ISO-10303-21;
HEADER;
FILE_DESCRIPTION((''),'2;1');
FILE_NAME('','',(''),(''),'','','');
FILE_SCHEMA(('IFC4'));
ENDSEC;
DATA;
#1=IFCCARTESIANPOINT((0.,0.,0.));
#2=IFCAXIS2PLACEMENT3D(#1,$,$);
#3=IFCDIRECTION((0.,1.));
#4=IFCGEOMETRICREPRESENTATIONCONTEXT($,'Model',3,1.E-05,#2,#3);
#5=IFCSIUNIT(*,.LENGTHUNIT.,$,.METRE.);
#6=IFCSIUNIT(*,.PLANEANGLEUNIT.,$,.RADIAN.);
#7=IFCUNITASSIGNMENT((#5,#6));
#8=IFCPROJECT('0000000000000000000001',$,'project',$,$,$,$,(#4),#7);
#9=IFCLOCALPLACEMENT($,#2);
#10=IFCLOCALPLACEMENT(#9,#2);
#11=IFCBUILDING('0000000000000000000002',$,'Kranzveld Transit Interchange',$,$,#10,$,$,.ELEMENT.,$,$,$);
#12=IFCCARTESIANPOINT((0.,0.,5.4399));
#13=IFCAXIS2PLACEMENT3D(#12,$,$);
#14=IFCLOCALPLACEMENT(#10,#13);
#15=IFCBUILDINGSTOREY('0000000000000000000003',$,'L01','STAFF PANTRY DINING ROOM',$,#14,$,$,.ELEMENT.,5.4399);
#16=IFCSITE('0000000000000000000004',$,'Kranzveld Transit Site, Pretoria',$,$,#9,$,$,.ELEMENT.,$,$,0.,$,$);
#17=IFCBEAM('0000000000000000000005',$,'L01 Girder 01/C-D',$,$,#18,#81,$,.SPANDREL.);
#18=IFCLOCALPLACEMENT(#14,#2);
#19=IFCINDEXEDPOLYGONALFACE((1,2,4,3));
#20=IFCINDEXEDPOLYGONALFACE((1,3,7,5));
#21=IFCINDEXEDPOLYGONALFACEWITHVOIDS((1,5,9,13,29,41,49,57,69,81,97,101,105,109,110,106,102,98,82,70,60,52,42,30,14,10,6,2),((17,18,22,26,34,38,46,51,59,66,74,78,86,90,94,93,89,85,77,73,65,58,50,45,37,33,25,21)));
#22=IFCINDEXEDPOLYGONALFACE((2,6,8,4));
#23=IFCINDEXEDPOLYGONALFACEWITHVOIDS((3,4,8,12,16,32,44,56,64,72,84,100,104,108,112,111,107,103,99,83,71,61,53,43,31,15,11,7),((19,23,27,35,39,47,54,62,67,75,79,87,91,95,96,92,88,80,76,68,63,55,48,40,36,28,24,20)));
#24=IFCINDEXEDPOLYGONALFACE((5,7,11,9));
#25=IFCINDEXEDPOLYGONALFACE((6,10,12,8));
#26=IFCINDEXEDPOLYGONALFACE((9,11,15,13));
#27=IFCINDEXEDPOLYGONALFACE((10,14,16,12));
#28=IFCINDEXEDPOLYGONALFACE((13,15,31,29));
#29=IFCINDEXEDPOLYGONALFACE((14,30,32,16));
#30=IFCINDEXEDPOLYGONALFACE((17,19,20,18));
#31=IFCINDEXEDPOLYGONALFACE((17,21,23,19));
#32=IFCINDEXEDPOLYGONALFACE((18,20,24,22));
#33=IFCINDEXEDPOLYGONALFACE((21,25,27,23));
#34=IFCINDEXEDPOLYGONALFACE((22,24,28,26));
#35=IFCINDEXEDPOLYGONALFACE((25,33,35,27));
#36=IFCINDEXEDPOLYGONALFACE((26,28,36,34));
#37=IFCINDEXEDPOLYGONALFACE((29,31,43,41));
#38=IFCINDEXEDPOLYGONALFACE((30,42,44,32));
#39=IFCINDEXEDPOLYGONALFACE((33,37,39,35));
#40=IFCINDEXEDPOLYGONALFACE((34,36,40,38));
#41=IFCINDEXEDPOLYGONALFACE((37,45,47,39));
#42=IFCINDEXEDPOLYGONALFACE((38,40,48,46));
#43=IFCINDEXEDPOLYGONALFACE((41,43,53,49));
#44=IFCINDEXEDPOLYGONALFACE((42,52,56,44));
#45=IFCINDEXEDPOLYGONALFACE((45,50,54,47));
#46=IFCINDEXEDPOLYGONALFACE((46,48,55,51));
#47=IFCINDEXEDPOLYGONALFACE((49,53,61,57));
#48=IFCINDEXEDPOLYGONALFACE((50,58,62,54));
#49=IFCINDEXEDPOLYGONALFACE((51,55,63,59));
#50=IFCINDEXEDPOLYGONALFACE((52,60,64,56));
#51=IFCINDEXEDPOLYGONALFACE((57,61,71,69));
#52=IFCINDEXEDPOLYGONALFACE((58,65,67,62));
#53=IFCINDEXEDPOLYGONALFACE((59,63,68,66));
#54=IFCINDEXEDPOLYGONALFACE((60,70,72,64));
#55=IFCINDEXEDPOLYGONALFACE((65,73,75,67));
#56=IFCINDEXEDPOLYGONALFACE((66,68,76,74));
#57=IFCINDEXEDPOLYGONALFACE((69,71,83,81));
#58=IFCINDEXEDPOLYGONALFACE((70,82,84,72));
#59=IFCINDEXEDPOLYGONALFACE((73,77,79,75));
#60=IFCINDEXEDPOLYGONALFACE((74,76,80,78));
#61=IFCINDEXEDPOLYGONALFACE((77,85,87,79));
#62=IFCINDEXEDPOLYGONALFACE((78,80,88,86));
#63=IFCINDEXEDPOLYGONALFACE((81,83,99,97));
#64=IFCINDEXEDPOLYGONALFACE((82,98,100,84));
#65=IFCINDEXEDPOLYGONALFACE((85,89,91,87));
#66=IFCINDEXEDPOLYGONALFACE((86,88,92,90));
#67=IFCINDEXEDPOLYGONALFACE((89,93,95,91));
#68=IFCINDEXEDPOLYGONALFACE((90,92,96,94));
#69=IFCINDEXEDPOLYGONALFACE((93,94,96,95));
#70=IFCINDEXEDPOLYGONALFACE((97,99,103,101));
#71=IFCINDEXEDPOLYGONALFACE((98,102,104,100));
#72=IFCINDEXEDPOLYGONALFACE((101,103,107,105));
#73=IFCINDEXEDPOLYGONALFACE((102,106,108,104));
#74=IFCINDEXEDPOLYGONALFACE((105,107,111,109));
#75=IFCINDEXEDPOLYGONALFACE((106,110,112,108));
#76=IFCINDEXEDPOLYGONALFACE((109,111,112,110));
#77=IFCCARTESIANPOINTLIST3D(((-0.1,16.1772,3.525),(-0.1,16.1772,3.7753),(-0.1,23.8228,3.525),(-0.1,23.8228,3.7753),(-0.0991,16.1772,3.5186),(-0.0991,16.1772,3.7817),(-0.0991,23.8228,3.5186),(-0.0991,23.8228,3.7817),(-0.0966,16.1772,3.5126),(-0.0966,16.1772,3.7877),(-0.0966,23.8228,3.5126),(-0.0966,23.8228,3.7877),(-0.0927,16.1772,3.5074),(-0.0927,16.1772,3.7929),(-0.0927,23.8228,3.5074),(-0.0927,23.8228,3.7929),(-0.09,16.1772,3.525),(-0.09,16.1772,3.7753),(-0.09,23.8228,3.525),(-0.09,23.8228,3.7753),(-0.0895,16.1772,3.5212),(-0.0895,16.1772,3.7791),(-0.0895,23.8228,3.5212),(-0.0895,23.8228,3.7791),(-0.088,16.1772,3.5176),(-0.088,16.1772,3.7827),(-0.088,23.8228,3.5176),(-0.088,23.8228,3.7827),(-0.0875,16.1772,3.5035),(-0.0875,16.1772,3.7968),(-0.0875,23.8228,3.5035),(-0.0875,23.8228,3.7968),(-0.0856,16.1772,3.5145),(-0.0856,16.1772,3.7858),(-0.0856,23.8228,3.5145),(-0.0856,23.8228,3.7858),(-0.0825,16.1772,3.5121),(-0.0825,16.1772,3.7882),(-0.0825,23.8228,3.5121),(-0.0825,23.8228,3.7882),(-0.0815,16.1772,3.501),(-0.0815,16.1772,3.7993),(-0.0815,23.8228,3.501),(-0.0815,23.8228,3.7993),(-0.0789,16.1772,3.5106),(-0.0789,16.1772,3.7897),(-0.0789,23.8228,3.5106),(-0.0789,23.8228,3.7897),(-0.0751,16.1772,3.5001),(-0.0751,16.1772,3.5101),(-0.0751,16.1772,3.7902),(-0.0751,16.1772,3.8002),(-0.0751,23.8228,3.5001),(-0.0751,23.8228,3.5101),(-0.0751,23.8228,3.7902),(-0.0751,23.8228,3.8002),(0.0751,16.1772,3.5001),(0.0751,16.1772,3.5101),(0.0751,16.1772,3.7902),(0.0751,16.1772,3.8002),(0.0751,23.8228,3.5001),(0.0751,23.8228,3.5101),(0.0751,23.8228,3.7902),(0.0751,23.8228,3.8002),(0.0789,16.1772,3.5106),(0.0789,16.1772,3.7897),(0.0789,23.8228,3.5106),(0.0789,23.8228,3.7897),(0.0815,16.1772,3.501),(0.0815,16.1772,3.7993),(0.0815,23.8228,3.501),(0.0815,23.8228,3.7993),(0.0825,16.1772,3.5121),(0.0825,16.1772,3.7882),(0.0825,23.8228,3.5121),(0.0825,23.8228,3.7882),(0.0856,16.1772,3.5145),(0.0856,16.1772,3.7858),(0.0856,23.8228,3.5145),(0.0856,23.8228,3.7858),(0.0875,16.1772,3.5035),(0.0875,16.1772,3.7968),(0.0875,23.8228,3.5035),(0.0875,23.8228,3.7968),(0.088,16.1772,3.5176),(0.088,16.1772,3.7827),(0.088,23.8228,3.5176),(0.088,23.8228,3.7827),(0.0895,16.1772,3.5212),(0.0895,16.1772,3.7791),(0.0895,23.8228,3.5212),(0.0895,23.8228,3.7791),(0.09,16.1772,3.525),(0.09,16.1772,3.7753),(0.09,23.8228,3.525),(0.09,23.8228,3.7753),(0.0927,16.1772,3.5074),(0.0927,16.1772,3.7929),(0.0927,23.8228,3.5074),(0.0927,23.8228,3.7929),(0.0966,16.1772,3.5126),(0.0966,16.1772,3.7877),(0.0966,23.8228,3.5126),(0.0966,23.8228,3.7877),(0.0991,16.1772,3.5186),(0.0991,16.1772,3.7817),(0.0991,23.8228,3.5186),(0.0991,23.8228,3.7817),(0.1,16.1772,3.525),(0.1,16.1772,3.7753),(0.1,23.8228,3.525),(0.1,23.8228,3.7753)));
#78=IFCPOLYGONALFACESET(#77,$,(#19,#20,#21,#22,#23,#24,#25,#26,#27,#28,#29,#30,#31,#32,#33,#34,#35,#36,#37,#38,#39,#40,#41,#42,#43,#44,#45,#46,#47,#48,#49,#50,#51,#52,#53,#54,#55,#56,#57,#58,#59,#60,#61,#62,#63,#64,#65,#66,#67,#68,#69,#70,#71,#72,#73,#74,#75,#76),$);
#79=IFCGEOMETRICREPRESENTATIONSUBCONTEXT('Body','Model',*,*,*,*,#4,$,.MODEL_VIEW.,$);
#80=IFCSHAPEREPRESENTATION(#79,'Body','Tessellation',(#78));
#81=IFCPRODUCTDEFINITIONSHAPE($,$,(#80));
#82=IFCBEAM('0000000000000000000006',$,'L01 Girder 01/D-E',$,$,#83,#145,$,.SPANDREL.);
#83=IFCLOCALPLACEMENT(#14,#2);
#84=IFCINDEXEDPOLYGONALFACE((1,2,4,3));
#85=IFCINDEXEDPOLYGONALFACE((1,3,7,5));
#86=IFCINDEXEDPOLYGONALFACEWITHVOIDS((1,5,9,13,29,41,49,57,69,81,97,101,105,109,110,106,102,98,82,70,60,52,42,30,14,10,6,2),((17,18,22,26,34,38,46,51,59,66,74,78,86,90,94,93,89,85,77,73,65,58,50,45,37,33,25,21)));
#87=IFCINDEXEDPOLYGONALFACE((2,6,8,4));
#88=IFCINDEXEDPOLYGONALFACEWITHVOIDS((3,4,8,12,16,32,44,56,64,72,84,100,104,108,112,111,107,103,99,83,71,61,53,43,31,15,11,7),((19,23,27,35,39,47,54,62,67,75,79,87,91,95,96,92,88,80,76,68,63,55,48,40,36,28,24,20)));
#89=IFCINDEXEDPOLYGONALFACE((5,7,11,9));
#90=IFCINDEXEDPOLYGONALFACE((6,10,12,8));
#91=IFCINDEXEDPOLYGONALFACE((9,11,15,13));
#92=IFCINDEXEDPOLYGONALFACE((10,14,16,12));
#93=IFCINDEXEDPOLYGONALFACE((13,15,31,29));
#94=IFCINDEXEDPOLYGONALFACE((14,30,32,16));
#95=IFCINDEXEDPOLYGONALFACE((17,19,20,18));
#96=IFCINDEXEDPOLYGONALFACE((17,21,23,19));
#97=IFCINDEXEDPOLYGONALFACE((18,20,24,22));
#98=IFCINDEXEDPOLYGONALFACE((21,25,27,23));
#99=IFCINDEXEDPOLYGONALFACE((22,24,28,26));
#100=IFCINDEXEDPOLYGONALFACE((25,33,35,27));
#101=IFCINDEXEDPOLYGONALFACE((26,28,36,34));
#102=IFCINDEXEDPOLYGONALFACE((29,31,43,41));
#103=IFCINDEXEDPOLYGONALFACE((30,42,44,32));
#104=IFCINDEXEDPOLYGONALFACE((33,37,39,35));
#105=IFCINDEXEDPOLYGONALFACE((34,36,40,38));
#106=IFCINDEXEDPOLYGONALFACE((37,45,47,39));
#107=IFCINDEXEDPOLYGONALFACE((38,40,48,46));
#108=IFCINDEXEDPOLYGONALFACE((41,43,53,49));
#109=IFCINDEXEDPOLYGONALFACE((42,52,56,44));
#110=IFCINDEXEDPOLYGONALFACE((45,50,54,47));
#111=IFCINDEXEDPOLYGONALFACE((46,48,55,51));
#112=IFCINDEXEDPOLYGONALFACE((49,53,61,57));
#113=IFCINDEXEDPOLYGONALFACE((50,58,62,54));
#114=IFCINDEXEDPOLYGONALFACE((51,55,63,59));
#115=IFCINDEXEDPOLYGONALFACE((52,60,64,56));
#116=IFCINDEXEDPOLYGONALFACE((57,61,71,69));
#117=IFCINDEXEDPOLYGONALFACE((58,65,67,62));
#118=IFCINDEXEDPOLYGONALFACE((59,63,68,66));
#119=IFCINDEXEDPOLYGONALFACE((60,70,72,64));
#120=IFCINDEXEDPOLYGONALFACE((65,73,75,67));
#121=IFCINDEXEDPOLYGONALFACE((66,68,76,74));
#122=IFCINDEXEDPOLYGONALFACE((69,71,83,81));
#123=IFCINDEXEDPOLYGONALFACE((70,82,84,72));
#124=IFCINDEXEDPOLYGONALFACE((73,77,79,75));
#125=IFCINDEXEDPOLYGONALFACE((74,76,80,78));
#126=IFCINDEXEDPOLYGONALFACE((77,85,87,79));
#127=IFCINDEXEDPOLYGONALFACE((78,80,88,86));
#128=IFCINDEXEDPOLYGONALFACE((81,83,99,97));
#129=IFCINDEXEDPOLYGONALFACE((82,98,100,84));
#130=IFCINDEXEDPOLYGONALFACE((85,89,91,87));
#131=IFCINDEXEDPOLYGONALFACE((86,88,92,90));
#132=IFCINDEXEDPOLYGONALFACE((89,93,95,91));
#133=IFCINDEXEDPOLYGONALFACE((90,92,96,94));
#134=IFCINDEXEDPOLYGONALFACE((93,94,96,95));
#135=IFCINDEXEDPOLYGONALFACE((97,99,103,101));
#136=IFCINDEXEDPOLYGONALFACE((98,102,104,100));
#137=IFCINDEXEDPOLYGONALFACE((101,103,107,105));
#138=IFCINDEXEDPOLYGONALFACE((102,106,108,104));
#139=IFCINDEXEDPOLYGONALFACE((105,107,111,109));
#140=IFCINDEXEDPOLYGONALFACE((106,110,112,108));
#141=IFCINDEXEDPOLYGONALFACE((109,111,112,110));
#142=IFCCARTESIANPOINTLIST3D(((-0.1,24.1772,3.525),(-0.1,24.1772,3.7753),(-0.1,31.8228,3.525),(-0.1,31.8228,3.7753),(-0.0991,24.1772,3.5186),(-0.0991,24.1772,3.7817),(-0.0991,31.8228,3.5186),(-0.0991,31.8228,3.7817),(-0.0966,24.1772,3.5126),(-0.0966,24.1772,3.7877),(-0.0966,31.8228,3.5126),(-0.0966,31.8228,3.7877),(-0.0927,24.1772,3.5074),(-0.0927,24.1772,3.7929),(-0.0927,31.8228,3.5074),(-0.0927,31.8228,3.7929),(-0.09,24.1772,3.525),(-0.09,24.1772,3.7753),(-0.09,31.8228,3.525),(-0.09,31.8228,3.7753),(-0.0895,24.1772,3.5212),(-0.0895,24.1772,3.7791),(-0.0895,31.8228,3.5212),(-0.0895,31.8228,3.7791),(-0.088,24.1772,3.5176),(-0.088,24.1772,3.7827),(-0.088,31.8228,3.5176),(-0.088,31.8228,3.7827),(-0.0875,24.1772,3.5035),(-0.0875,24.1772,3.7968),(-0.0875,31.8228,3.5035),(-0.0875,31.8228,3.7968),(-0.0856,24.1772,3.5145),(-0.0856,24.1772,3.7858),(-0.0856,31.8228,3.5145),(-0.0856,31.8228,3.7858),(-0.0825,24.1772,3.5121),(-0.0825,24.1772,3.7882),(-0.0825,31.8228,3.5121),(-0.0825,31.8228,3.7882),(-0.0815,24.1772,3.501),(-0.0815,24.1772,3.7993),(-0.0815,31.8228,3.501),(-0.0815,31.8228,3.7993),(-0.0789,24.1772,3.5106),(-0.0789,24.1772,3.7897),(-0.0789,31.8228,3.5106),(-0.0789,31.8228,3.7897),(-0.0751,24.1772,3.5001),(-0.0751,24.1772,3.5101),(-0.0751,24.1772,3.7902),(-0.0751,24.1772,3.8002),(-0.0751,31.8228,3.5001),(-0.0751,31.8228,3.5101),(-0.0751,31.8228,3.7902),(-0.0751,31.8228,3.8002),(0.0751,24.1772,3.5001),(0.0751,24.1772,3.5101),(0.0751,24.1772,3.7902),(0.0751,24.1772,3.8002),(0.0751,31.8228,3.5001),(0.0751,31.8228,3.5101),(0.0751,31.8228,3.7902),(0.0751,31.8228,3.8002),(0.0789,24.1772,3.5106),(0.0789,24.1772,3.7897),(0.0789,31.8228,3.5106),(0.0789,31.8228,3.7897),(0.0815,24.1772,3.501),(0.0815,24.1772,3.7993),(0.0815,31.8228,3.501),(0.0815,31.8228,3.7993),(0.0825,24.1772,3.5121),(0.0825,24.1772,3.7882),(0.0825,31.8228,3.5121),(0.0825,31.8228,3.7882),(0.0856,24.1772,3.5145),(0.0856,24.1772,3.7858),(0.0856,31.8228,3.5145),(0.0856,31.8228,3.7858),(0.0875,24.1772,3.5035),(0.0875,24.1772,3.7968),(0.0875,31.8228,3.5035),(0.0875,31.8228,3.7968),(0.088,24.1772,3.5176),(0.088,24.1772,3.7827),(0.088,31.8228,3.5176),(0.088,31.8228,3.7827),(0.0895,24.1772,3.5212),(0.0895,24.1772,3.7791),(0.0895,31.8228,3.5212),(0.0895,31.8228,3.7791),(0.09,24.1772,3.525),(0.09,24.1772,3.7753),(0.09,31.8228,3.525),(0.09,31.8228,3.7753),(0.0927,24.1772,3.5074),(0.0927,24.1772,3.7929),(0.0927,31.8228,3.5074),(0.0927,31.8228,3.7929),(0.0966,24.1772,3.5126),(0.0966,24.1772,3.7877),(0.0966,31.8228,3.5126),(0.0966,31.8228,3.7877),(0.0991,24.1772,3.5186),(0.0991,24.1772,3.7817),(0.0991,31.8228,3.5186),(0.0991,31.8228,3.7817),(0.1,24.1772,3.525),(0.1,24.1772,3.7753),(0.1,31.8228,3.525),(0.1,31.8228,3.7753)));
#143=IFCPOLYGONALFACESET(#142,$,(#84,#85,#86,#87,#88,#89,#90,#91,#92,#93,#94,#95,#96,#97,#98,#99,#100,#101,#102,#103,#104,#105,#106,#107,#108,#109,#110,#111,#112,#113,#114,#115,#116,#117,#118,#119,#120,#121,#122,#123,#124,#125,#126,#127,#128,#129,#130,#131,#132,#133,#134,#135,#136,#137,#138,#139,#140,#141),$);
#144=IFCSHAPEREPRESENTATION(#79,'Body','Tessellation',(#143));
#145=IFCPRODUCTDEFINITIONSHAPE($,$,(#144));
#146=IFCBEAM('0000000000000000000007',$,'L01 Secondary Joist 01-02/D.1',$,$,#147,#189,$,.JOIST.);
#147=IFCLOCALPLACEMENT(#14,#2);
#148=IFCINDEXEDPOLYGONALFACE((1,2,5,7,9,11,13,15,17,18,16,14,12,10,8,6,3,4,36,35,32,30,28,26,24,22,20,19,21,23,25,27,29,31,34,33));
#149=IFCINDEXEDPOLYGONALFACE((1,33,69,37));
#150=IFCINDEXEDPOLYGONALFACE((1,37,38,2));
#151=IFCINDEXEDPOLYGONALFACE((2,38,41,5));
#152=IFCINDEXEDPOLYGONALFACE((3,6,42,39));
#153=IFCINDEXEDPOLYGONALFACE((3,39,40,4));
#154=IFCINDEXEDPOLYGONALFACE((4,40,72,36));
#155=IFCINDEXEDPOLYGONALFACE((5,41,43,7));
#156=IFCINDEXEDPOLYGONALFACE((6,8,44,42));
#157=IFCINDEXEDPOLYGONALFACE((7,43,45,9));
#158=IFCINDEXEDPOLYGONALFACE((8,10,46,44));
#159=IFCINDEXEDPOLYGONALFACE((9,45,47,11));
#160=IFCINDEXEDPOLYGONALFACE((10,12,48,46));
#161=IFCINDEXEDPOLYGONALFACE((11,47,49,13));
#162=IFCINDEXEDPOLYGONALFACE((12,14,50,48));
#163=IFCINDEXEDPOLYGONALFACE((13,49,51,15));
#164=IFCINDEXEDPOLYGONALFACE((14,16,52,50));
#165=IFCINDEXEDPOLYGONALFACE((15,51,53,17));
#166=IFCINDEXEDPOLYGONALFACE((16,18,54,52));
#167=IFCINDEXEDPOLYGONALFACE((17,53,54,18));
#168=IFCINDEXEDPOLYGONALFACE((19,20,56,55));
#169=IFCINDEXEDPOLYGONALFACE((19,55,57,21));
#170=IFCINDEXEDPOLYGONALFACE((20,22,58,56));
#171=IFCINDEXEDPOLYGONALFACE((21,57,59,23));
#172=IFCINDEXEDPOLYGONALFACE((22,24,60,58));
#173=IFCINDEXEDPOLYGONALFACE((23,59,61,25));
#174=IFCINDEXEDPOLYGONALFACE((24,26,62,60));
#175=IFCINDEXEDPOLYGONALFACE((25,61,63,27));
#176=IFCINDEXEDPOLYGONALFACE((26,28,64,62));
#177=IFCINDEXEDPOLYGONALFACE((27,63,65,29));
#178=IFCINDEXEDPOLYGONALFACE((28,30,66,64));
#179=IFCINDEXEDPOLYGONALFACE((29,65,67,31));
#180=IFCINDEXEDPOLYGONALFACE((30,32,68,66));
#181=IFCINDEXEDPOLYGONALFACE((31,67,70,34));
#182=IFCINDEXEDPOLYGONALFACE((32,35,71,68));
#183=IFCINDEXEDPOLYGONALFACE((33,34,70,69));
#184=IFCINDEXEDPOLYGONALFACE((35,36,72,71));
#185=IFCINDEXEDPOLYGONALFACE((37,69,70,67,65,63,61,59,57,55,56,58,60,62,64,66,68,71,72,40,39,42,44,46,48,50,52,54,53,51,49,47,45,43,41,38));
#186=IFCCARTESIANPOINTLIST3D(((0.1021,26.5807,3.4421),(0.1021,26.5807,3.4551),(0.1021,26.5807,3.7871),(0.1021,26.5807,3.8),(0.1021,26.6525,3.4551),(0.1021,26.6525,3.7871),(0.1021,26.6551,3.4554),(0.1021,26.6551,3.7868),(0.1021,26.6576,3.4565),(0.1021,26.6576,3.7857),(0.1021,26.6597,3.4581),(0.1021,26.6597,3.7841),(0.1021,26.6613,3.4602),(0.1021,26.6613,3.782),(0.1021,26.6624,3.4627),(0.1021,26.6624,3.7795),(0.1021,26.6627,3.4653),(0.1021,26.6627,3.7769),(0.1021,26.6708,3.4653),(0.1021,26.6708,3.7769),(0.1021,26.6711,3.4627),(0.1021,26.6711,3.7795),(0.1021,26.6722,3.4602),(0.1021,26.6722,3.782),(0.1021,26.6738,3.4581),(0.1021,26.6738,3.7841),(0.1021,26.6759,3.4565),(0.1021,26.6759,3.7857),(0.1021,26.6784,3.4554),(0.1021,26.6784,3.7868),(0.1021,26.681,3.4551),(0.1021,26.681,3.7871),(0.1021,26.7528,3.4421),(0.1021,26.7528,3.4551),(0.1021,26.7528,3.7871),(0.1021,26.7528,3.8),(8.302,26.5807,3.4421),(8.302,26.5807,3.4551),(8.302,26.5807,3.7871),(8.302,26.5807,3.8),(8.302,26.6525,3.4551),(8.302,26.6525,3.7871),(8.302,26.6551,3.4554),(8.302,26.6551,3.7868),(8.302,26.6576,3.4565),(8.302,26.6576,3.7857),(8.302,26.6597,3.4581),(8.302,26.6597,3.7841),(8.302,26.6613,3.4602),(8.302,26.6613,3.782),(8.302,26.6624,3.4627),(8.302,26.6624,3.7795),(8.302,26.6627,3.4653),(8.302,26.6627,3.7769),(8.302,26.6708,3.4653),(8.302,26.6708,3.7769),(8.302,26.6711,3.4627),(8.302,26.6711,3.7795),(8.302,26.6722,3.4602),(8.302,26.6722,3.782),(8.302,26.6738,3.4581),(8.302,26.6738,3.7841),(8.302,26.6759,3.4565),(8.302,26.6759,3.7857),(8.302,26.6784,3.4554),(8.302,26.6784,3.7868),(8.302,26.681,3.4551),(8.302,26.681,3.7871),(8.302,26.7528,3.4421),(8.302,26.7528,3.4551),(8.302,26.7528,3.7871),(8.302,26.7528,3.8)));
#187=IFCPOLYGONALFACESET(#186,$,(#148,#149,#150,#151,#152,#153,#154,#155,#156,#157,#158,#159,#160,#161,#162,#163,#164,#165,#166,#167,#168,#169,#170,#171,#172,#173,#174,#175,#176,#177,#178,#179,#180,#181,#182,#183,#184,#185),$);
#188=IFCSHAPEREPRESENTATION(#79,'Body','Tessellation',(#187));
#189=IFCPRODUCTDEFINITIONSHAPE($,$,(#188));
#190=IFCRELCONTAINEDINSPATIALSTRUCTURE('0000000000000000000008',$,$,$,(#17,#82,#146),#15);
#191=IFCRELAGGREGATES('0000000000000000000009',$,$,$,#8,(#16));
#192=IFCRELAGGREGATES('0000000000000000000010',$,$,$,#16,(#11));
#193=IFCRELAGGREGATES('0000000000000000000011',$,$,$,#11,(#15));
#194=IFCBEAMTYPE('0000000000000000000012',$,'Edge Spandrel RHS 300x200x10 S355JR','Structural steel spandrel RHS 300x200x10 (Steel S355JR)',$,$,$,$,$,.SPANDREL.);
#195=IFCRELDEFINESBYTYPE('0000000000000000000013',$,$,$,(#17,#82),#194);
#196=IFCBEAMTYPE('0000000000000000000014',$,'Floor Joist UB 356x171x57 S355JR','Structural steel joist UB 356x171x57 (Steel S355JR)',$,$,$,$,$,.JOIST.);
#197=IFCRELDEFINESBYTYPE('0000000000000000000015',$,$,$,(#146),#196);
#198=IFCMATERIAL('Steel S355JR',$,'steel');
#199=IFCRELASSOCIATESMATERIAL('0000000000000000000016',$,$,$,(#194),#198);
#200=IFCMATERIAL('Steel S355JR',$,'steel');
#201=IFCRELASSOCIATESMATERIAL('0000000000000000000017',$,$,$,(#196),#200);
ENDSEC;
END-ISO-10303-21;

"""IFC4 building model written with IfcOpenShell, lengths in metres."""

from ifc_helpers import new_model, si_unit, direction, frame, origin, origin_2d, place, context, subcontext, project, spatial, hollow_rectangle, i_section, extrude, material, material_profile, profile_set, type_object, element, save


model = new_model("IFC4")

# Units and contexts
model_context = context("Model", 3, precision=1e-05, world=origin(), true_north=direction((0.0, 1.0)))
body_context = subcontext(model_context, "Body", "Model", "MODEL_VIEW")
ifc_project = project(units=[si_unit("LENGTHUNIT", "METRE"), si_unit("PLANEANGLEUNIT", "RADIAN")], contexts=[model_context])

# Site, building, storey
site_placement = place(None, origin())
site = spatial("IfcSite", under=ifc_project, at=site_placement, Name="Kranzveld Transit Site, Pretoria", CompositionType="ELEMENT", RefElevation=0.0)
building_placement = place(site_placement, origin())
building = spatial("IfcBuilding", under=site, at=building_placement, Name="Kranzveld Transit Interchange", CompositionType="ELEMENT")
storey_placement = place(building_placement, frame((0.0, 0.0, 5.4399)))
storey = spatial("IfcBuildingStorey", under=building, at=storey_placement, Name="L01", Description="STAFF PANTRY DINING ROOM", CompositionType="ELEMENT", Elevation=5.4399)

# Beams
ifc_material_1 = material(Name="Steel S355JR", Category="steel")
ifc_material_profile_1 = material_profile(ifc_material_1, hollow_rectangle(XDim=0.2, YDim=0.3, WallThickness=0.01, InnerFilletRadius=0.0149, OuterFilletRadius=0.0249, at=origin_2d()), Name="RHS 300x200x10")
ifc_profile_set_1 = profile_set([ifc_material_profile_1], Name="Steel S355JR")
beam_type_1 = type_object("IfcBeamType", Name="Edge Spandrel RHS 300x200x10 S355JR", Description="Structural steel spandrel RHS 300x200x10 (Steel S355JR)", PredefinedType="SPANDREL", material=ifc_profile_set_1)
for number, where, z_axis, x_axis, name in (
    (1, (0.0, 16.1772, 3.6501), (0.0, 1.0, 0.0), (-1.0, 0.0, 0.0), "L01 Girder 01/C-D"),
    (2, (0.0, 24.1772, 3.6501), (0.0, 1.0, 0.0), (-1.0, 0.0, 0.0), "L01 Girder 01/D-E"),
):
    element("IfcBeam", number, at=place(storey_placement, frame(where, z_axis=z_axis, x_axis=x_axis)), inside=storey, type_object=beam_type_1, Name=name, PredefinedType="SPANDREL", context=body_context, shape_type="SweptSolid", body=[
        extrude(hollow_rectangle(XDim=0.2, YDim=0.3, WallThickness=0.01, InnerFilletRadius=0.0149, OuterFilletRadius=0.0249, at=origin_2d()), origin(), (0.0, 0.0, 1.0), 7.6455),
    ])
ifc_material_2 = material(Name="Steel S355JR", Category="steel")
ifc_material_profile_2 = material_profile(ifc_material_2, i_section(OverallWidth=0.1721, OverallDepth=0.3579, WebThickness=0.0081, FlangeThickness=0.0129, FilletRadius=0.0103, at=origin_2d()), Name="UB 356x171x57")
ifc_profile_set_2 = profile_set([ifc_material_profile_2], Name="Steel S355JR")
beam_type_2 = type_object("IfcBeamType", Name="Floor Joist UB 356x171x57 S355JR", Description="Structural steel joist UB 356x171x57 (Steel S355JR)", PredefinedType="JOIST", material=ifc_profile_set_2)
for number, where, z_axis, x_axis, name in (
    (3, (0.1021, 26.6667, 3.6211), (1.0, 0.0, 0.0), (0.0, 1.0, 0.0), "L01 Secondary Joist 01-02/D.1"),
):
    element("IfcBeam", number, at=place(storey_placement, frame(where, z_axis=z_axis, x_axis=x_axis)), inside=storey, type_object=beam_type_2, Name=name, PredefinedType="JOIST", context=body_context, shape_type="SweptSolid", body=[
        extrude(i_section(OverallWidth=0.1721, OverallDepth=0.3579, WebThickness=0.0081, FlangeThickness=0.0129, FilletRadius=0.0103, at=origin_2d()), origin(), (0.0, 0.0, 1.0), 8.2),
    ])

save(model, "model.ifc")
